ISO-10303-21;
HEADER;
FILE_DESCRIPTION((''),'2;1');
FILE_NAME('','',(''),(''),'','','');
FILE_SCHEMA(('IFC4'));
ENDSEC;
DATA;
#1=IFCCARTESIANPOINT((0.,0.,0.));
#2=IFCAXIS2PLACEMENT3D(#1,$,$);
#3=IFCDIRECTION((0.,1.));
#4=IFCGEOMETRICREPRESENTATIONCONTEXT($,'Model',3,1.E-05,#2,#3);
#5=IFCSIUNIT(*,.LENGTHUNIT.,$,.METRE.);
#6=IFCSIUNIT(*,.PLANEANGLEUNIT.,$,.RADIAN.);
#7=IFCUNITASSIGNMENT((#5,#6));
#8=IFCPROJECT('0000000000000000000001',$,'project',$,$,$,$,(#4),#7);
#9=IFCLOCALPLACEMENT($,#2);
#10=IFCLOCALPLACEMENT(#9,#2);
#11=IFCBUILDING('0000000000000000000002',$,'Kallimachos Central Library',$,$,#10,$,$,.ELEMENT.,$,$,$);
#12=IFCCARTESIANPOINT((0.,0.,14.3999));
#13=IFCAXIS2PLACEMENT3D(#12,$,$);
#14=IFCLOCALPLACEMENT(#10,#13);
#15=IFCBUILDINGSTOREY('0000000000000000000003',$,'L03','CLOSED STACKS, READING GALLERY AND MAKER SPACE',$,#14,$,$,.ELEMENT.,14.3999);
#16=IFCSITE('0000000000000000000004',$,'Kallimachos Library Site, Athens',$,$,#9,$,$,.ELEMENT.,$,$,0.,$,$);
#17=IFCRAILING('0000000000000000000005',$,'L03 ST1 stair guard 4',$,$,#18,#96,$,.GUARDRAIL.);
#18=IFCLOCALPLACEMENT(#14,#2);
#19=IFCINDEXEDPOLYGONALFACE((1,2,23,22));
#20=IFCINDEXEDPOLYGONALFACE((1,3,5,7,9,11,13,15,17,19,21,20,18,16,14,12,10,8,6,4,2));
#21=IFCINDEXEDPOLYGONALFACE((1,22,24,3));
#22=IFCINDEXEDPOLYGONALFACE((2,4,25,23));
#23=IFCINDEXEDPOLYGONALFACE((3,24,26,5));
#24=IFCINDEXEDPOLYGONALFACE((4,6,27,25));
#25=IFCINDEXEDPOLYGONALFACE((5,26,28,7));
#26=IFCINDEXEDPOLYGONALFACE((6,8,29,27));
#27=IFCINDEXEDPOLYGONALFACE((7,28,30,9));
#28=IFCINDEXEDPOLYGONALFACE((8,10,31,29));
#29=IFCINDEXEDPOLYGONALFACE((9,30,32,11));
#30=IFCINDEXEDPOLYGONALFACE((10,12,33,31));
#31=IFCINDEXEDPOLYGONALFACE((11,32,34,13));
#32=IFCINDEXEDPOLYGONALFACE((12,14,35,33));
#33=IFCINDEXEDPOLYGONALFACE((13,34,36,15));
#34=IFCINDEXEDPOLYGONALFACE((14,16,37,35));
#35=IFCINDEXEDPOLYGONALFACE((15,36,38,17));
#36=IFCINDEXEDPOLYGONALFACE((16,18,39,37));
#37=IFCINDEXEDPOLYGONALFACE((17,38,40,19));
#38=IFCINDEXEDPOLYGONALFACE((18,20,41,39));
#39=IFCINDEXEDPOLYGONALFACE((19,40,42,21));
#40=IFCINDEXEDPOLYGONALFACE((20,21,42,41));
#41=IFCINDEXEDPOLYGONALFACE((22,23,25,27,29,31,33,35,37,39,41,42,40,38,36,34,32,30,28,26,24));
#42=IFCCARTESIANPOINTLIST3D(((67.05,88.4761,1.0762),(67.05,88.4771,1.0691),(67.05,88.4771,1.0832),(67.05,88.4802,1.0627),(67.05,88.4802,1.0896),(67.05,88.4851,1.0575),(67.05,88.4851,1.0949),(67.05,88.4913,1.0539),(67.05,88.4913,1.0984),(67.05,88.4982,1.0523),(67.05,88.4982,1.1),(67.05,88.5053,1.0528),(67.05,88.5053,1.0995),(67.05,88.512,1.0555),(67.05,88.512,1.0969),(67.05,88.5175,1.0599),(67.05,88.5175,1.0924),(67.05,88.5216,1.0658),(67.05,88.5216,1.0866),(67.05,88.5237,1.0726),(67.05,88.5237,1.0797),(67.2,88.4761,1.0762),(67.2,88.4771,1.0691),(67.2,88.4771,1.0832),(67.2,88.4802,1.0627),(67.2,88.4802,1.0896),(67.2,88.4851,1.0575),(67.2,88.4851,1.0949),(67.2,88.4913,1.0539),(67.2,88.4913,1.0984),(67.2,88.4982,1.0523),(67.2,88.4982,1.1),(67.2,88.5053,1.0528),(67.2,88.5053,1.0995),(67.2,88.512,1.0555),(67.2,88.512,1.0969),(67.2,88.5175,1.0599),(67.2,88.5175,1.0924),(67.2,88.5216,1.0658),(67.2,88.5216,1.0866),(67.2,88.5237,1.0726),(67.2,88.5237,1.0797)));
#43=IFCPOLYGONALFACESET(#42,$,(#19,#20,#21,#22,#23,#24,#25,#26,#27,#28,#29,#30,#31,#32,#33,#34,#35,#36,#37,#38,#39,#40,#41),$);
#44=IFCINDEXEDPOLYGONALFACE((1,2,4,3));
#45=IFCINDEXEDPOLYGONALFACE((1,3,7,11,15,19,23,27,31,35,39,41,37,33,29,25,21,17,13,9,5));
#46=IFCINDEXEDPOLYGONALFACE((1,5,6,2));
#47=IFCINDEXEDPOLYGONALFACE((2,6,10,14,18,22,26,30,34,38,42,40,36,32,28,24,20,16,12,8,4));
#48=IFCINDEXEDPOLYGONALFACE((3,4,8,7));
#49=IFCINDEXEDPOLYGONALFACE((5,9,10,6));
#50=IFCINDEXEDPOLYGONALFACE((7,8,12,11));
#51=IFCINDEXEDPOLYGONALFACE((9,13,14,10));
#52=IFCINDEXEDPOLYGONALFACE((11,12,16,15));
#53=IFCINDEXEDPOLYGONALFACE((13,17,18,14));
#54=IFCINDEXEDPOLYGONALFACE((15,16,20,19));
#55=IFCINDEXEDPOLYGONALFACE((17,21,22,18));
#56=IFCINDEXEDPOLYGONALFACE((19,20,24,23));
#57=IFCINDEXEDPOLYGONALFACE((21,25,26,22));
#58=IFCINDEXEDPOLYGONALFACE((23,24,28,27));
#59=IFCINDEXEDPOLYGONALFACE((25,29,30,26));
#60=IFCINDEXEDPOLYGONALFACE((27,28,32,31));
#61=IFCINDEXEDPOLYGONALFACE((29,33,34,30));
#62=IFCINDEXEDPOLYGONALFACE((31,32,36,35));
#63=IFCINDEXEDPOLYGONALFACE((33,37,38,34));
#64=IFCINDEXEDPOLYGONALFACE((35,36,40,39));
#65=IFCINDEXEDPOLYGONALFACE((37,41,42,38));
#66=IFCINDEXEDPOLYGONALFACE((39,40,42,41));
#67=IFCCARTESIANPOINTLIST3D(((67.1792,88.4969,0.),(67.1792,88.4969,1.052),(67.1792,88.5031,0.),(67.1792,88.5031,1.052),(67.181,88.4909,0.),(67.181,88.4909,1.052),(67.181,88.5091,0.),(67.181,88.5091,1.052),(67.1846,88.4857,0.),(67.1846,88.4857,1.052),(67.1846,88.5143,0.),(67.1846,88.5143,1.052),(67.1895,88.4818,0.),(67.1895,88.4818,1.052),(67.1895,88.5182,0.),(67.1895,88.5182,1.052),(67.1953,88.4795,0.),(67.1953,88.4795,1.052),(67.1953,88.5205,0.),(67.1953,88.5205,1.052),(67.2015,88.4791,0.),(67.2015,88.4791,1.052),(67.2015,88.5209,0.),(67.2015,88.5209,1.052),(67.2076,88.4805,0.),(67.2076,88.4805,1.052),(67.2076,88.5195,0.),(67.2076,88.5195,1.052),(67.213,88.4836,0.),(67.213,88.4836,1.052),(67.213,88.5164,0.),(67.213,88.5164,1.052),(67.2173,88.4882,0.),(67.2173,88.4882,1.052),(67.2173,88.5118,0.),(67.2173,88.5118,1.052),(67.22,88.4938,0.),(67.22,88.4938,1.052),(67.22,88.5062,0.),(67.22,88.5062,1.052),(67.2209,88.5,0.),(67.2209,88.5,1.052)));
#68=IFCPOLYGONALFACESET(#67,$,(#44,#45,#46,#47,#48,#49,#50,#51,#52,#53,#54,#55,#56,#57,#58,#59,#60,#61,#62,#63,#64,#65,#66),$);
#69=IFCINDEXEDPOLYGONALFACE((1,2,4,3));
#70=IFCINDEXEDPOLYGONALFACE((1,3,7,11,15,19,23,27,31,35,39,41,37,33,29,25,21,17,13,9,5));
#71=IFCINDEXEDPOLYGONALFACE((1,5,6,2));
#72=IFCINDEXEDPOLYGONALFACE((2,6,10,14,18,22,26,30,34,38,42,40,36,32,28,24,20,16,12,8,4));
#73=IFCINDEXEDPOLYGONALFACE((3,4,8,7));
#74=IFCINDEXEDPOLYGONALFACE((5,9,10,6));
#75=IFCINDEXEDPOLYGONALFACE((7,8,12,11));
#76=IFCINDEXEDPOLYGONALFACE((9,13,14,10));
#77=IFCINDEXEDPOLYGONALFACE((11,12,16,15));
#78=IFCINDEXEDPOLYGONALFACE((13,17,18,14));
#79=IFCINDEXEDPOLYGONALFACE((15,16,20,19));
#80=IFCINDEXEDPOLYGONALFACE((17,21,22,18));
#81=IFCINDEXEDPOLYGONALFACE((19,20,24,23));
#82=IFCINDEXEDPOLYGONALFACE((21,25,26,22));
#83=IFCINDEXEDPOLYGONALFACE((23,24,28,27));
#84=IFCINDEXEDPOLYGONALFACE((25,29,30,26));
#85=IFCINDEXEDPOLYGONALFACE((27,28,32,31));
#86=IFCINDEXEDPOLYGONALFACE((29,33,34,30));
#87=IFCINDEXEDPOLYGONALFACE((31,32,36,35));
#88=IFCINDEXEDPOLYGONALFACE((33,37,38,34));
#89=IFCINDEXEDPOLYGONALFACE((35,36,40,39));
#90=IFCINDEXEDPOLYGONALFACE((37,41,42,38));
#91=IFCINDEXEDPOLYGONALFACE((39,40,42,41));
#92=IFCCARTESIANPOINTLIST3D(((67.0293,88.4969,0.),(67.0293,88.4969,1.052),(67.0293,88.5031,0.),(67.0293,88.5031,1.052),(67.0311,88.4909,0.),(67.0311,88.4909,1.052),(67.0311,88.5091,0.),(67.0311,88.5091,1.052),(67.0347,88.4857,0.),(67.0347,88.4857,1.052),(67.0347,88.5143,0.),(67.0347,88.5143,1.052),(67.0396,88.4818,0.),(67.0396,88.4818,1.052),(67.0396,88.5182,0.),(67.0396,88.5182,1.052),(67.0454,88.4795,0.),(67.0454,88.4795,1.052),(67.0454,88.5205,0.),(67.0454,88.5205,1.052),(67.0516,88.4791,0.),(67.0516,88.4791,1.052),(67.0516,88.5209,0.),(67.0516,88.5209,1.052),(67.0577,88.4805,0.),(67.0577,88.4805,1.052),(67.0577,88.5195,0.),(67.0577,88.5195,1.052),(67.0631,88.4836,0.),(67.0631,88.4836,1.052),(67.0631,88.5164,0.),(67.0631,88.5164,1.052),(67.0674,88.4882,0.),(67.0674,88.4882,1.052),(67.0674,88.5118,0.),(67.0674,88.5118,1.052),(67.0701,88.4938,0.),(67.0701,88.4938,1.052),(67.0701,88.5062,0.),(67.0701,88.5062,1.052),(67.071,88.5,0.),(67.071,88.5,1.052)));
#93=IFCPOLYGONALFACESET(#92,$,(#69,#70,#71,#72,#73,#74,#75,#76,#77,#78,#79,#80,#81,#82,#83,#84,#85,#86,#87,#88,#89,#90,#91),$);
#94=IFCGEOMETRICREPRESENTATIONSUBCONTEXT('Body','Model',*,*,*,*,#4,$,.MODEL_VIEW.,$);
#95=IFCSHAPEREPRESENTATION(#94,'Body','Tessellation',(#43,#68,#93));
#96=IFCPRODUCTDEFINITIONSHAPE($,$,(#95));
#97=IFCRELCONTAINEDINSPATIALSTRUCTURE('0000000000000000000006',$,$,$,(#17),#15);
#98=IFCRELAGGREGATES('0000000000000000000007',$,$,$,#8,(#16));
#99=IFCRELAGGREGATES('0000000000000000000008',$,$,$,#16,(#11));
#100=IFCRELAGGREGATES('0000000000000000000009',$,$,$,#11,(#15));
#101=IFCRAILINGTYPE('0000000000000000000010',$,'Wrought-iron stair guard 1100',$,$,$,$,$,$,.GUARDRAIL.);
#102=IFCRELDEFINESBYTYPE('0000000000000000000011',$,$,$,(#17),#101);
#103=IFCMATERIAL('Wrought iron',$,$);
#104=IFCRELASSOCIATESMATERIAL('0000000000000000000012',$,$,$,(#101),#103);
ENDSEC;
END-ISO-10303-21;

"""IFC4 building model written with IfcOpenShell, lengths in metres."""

from ifc_helpers import new_model, si_unit, direction, frame, origin, origin_2d, place, context, subcontext, project, spatial, circle, extrude, material, type_object, element, save


model = new_model("IFC4")

# Units and contexts
model_context = context("Model", 3, precision=1e-05, world=origin(), true_north=direction((0.0, 1.0)))
body_context = subcontext(model_context, "Body", "Model", "MODEL_VIEW")
ifc_project = project(units=[si_unit("LENGTHUNIT", "METRE"), si_unit("PLANEANGLEUNIT", "RADIAN")], contexts=[model_context])

# Site, building, storey
site_placement = place(None, origin())
site = spatial("IfcSite", under=ifc_project, at=site_placement, Name="Kallimachos Library Site, Athens", CompositionType="ELEMENT", RefElevation=0.0)
building_placement = place(site_placement, origin())
building = spatial("IfcBuilding", under=site, at=building_placement, Name="Kallimachos Central Library", CompositionType="ELEMENT")
storey_placement = place(building_placement, frame((0.0, 0.0, 14.3999)))
storey = spatial("IfcBuildingStorey", under=building, at=storey_placement, Name="L03", Description="CLOSED STACKS, READING GALLERY AND MAKER SPACE", CompositionType="ELEMENT", Elevation=14.3999)

# Railing
ifc_material_1 = material(Name="Wrought iron")
railing_type_1 = type_object("IfcRailingType", Name="Wrought-iron stair guard 1100", PredefinedType="GUARDRAIL", material=ifc_material_1)
railing_1_placement = place(storey_placement, frame((67.2, 88.5, 0.0)))
element("IfcRailing", 1, at=railing_1_placement, inside=storey, type_object=railing_type_1, Name="L03 ST1 stair guard 4", PredefinedType="GUARDRAIL", context=body_context, shape_type="SweptSolid", body=[
    extrude(circle(Radius=0.0239, at=origin_2d()), frame((0.0, 0.0, 1.0762), z_axis=(-1.0, 0.0, 0.0), x_axis=(0.0, -1.0, 0.0)), (0.0, 0.0, 1.0), 0.1499),
    extrude(circle(Radius=0.021, at=origin_2d()), origin(), (0.0, 0.0, 1.0), 1.052),
    extrude(circle(Radius=0.021, at=origin_2d()), frame((-0.1499, 0.0, 0.0)), (0.0, 0.0, 1.0), 1.052),
])

save(model, "model.ifc")
